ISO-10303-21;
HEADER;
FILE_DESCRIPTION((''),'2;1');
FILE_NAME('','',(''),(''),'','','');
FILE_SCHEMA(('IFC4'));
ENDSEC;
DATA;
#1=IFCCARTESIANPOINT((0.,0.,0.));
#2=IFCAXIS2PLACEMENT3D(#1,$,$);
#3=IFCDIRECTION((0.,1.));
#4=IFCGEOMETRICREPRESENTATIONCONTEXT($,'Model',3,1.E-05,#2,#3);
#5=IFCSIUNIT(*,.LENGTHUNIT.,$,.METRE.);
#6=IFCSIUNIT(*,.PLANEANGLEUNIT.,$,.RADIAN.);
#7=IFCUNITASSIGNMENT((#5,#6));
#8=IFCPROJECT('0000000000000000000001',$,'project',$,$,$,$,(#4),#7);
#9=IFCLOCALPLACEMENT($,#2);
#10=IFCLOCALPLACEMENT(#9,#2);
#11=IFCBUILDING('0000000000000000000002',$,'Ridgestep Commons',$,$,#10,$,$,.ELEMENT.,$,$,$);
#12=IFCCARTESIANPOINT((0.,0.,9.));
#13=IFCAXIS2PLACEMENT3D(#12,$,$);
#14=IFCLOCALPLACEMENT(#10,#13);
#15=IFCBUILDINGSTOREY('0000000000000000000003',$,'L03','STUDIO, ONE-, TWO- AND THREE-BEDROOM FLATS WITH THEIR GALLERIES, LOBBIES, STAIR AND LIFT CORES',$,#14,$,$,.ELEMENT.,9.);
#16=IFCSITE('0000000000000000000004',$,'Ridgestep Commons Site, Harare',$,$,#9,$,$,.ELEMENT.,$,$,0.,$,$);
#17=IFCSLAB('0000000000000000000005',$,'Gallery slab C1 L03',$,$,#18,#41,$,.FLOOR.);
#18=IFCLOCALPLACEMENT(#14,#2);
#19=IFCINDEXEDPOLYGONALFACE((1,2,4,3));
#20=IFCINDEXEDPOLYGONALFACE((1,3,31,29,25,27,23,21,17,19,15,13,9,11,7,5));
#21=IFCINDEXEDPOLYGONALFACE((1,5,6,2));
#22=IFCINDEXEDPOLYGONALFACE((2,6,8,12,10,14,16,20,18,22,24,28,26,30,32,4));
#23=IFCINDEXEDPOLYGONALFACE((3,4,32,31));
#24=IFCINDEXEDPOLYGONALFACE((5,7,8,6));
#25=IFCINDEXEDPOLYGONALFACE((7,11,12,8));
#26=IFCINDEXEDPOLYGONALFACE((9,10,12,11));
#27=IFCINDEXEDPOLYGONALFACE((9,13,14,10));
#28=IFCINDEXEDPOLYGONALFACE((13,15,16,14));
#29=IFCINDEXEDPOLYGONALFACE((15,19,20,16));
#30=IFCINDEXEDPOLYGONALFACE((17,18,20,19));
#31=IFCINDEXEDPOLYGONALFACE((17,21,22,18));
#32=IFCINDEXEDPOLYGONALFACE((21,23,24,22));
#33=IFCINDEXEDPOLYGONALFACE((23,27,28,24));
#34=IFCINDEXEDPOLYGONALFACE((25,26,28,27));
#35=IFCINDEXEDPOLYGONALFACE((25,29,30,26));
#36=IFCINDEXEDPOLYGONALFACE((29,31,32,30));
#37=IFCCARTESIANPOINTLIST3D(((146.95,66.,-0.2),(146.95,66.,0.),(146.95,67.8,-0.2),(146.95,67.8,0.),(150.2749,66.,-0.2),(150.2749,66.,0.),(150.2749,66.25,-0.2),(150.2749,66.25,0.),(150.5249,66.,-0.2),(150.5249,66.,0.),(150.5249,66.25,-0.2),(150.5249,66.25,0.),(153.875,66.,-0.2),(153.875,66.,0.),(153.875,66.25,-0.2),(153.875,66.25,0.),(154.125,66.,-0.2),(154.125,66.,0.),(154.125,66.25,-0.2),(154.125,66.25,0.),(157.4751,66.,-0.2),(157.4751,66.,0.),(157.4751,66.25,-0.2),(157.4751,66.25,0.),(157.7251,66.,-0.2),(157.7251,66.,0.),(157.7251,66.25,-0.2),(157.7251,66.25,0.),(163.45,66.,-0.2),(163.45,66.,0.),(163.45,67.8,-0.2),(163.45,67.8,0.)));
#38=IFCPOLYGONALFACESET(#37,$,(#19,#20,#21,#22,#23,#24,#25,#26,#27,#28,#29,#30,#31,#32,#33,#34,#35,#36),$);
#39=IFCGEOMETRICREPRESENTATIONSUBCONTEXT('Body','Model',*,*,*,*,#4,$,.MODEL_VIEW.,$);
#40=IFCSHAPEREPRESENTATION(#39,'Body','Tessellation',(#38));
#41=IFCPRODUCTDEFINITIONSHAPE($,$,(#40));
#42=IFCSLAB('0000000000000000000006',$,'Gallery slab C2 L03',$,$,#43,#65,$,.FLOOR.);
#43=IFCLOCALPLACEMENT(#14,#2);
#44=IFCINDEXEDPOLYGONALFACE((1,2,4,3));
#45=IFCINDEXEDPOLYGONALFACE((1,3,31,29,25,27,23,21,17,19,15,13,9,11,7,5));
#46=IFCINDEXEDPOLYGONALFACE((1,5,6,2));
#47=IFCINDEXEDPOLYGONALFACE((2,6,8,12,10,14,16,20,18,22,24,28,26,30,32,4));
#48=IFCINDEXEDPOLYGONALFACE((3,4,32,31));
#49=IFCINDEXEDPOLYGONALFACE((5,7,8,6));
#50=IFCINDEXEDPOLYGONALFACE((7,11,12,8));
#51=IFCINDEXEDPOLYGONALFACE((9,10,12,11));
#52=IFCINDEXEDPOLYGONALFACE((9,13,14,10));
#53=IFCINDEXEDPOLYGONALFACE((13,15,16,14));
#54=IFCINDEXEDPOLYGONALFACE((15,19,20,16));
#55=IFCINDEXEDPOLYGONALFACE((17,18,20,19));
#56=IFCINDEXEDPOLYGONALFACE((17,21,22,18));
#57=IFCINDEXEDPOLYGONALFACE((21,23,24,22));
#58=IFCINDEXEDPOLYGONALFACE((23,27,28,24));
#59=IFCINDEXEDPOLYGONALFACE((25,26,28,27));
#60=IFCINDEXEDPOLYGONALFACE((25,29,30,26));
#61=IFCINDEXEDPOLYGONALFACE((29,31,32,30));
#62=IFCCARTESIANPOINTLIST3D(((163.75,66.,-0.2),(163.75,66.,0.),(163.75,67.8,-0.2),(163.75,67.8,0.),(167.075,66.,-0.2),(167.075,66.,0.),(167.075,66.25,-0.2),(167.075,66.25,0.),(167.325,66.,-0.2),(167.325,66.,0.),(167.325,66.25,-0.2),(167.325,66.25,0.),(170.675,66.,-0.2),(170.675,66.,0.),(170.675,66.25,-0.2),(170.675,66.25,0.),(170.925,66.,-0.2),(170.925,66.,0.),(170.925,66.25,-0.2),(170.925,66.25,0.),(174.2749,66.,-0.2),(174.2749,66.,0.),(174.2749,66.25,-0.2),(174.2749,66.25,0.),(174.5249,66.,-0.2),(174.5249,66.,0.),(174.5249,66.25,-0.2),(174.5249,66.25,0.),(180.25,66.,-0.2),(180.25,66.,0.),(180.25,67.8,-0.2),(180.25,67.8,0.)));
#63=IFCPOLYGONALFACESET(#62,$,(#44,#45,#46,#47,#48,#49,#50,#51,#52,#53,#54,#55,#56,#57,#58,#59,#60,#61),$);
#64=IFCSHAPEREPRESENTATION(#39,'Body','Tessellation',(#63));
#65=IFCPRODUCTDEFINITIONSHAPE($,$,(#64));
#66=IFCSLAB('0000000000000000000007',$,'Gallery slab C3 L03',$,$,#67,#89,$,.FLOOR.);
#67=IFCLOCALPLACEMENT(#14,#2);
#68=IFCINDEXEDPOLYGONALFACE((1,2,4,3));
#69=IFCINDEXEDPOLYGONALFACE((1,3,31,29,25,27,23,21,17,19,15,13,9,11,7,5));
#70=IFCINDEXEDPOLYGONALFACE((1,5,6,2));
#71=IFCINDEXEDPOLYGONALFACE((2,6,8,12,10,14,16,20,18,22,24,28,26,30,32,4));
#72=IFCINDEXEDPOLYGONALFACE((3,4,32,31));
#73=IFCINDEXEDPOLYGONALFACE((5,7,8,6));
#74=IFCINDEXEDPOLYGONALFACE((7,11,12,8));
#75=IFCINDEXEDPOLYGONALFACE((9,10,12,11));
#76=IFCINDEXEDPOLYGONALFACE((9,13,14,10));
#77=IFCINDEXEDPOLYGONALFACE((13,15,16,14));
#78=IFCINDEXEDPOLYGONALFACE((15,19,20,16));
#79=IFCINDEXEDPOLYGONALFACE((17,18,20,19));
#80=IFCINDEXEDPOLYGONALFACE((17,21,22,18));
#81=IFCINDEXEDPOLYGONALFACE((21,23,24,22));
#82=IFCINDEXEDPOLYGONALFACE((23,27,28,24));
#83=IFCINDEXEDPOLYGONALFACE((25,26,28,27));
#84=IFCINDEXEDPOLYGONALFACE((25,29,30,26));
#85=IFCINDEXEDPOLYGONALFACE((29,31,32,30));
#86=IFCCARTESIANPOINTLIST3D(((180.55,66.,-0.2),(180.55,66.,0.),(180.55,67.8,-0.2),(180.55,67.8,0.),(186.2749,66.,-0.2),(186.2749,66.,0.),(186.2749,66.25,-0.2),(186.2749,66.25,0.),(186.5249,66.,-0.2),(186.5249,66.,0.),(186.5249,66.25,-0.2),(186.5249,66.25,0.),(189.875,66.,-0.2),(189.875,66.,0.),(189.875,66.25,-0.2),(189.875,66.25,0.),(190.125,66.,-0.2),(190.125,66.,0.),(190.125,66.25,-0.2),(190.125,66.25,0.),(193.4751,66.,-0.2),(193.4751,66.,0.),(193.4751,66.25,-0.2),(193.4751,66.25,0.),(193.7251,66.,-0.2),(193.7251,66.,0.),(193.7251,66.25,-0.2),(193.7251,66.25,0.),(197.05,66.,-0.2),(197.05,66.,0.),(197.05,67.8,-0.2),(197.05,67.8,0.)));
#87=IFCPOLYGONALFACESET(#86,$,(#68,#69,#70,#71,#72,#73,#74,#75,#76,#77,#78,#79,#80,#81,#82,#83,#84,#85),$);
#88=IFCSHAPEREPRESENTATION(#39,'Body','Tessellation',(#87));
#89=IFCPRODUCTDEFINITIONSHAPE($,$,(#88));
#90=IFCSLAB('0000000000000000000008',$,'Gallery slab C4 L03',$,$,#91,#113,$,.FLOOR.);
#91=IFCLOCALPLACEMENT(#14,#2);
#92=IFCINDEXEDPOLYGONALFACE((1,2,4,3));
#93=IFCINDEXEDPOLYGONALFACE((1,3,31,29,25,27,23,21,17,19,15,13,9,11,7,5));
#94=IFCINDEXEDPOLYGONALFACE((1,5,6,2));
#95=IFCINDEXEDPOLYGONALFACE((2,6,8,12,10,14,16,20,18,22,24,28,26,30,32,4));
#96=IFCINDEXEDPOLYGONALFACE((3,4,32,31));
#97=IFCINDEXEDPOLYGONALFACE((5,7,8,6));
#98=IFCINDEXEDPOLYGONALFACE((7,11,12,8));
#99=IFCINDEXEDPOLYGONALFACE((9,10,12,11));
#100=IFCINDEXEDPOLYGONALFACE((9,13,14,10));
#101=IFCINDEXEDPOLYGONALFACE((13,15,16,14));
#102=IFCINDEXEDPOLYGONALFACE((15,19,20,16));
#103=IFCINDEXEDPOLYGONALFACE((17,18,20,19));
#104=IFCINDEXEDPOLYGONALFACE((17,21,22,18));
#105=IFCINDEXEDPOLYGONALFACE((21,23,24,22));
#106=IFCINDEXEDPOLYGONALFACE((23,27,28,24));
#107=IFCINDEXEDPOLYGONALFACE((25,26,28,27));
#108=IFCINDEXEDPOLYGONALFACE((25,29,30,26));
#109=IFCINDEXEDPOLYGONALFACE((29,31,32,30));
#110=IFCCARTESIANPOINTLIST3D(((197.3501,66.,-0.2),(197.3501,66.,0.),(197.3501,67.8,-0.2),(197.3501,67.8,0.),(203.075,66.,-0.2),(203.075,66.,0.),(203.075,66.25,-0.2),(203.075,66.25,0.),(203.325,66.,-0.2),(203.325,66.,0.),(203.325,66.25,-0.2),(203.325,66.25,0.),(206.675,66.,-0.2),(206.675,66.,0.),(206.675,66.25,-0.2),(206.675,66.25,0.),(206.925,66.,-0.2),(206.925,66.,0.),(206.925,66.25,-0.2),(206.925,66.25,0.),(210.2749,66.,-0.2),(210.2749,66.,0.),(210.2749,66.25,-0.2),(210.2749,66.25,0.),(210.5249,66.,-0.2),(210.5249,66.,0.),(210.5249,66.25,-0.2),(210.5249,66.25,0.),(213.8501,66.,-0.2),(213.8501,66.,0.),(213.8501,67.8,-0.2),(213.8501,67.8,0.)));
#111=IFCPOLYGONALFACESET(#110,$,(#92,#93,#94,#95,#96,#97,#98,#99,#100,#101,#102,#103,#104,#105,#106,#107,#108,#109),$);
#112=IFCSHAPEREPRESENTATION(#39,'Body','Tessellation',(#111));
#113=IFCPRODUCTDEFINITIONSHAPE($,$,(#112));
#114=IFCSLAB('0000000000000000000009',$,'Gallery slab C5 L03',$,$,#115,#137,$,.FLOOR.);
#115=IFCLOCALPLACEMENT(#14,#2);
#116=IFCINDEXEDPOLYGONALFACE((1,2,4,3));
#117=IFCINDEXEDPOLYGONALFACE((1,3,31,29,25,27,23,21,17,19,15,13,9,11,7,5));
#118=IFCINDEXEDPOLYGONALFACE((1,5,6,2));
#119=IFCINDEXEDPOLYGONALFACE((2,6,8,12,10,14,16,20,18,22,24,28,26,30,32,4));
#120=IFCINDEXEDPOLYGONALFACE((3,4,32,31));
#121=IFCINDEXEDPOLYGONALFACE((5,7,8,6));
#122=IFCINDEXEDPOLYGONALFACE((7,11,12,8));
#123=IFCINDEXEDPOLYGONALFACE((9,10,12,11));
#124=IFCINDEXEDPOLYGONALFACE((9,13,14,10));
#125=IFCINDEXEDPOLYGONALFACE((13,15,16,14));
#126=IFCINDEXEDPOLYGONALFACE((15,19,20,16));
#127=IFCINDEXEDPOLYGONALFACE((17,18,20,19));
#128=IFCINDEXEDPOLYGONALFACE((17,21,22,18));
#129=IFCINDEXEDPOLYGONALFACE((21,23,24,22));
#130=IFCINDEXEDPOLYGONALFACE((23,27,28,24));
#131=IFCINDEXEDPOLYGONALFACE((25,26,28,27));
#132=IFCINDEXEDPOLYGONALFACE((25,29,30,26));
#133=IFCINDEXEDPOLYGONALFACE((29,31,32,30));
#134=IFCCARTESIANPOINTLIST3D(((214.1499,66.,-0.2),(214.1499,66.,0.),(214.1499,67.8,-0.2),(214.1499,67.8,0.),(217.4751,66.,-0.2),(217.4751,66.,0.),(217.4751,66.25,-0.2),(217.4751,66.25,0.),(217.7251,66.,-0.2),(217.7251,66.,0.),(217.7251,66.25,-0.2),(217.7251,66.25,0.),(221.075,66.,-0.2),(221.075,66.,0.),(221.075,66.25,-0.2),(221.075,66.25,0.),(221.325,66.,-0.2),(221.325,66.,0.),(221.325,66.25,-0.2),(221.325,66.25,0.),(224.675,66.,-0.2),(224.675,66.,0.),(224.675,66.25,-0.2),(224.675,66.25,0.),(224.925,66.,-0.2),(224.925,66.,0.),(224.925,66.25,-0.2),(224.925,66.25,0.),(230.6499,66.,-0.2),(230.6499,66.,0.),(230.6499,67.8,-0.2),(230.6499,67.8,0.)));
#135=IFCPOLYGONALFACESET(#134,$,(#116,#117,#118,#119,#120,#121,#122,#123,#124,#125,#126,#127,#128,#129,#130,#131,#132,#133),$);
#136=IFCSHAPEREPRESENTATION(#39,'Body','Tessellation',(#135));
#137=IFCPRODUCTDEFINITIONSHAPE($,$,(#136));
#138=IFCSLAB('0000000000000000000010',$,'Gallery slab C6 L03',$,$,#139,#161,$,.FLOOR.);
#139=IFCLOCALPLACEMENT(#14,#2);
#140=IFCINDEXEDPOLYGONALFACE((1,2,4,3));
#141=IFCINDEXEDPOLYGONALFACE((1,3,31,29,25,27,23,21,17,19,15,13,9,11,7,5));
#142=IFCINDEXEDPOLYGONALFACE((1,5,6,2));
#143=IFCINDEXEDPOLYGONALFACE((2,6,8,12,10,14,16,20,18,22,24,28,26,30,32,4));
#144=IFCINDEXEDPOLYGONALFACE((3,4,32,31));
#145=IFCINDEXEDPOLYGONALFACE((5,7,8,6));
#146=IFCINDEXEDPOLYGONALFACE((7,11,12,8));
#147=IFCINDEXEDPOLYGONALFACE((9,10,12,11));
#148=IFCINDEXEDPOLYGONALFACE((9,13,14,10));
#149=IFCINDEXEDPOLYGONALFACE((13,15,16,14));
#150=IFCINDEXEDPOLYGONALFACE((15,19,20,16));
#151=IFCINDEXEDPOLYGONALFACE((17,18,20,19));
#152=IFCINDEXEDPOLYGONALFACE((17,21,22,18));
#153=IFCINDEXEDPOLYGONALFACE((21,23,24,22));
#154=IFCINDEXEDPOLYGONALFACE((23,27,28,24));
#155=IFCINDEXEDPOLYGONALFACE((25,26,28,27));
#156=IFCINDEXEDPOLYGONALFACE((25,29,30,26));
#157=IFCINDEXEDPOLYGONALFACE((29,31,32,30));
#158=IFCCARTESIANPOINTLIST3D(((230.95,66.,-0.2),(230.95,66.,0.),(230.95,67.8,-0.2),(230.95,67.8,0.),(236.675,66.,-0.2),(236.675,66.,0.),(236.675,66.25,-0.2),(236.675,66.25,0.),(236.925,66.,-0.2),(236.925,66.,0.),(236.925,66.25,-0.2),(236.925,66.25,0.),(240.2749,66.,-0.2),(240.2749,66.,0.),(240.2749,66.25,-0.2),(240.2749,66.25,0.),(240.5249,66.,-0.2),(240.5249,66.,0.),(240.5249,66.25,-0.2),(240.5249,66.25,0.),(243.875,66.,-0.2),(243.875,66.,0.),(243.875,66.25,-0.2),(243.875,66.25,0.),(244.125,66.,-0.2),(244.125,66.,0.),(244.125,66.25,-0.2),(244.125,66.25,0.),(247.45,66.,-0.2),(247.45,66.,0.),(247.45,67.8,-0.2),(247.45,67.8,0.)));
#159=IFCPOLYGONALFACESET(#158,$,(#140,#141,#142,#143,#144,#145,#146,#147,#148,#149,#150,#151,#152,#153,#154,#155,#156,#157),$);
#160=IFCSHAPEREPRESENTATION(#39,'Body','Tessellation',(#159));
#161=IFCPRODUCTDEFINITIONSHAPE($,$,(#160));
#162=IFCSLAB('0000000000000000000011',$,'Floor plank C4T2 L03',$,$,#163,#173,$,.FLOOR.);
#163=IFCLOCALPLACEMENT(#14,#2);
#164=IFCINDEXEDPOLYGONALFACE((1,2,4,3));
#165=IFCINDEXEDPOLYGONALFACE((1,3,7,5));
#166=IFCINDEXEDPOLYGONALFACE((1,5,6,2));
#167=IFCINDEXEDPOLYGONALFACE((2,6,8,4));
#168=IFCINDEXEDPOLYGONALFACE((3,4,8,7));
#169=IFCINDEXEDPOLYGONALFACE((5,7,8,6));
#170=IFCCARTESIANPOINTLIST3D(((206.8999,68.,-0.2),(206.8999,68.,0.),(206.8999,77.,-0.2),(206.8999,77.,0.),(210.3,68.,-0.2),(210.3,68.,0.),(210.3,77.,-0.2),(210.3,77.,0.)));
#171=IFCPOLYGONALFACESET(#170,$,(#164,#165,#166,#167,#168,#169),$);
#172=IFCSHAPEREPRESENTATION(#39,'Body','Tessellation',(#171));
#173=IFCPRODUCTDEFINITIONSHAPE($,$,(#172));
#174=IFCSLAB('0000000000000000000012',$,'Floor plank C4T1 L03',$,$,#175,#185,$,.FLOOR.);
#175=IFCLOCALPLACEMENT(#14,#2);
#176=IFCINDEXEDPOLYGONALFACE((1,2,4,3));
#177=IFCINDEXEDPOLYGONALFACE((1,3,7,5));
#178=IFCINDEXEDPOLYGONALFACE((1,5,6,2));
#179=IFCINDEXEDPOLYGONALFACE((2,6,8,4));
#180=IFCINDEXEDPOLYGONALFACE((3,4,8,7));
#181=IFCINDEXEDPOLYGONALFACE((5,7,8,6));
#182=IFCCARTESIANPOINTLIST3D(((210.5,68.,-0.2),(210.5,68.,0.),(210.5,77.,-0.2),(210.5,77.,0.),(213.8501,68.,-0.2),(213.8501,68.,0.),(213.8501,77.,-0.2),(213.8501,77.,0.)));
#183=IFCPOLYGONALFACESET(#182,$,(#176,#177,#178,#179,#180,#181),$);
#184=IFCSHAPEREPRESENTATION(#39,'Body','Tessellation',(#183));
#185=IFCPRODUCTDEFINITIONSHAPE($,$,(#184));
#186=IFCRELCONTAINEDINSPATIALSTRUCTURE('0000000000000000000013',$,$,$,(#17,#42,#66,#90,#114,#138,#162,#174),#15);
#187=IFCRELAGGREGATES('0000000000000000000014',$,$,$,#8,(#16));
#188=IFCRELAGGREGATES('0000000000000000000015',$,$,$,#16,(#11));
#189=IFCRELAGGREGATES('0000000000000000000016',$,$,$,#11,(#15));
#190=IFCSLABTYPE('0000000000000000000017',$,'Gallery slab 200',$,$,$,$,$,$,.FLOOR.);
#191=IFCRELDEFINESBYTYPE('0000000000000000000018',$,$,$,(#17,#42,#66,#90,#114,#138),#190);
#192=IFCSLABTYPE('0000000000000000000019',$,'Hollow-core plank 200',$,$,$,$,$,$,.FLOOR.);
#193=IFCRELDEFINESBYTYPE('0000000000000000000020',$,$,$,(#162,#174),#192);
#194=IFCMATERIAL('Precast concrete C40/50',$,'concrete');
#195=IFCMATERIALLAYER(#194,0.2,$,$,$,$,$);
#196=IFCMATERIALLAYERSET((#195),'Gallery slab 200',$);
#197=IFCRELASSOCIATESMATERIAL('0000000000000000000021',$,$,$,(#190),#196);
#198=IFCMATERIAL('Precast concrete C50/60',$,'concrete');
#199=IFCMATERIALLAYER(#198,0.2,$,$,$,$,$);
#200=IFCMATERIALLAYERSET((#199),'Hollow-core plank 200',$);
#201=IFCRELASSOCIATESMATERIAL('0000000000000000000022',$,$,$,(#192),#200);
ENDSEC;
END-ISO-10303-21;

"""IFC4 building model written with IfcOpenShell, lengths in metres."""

from ifc_helpers import new_model, si_unit, direction, frame, origin, place, context, subcontext, project, spatial, polyline, outline, extrude, material, layer, layer_set, type_object, element, save


model = new_model("IFC4")

# Units and contexts
model_context = context("Model", 3, precision=1e-05, world=origin(), true_north=direction((0.0, 1.0)))
body_context = subcontext(model_context, "Body", "Model", "MODEL_VIEW")
ifc_project = project(units=[si_unit("LENGTHUNIT", "METRE"), si_unit("PLANEANGLEUNIT", "RADIAN")], contexts=[model_context])

# Site, building, storey
site_placement = place(None, origin())
site = spatial("IfcSite", under=ifc_project, at=site_placement, Name="Ridgestep Commons Site, Harare", CompositionType="ELEMENT", RefElevation=0.0)
building_placement = place(site_placement, origin())
building = spatial("IfcBuilding", under=site, at=building_placement, Name="Ridgestep Commons", CompositionType="ELEMENT")
storey_placement = place(building_placement, frame((0.0, 0.0, 9.0)))
storey = spatial("IfcBuildingStorey", under=building, at=storey_placement, Name="L03", Description="STUDIO, ONE-, TWO- AND THREE-BEDROOM FLATS WITH THEIR GALLERIES, LOBBIES, STAIR AND LIFT CORES", CompositionType="ELEMENT", Elevation=9.0)

# Slabs
ifc_material_1 = material(Name="Precast concrete C40/50", Category="concrete")
ifc_layer_1 = layer(ifc_material_1, 0.2)
ifc_layer_set_1 = layer_set([ifc_layer_1], Name="Gallery slab 200")
slab_type_1 = type_object("IfcSlabType", Name="Gallery slab 200", PredefinedType="FLOOR", material=ifc_layer_set_1)
slab_1_placement = place(storey_placement, frame((0.0, 0.0, -0.2)))
element("IfcSlab", 1, at=slab_1_placement, inside=storey, type_object=slab_type_1, Name="Gallery slab C1 L03", PredefinedType="FLOOR", context=body_context, shape_type="SweptSolid", body=[
    extrude(outline(polyline([(163.45, 67.8), (146.95, 67.8), (146.95, 66.0), (150.2749, 66.0), (150.2749, 66.25), (150.5249, 66.25), (150.5249, 66.0), (153.875, 66.0), (153.875, 66.25), (154.125, 66.25), (154.125, 66.0), (157.4751, 66.0), (157.4751, 66.25), (157.7251, 66.25), (157.7251, 66.0), (163.45, 66.0), (163.45, 67.8)])), origin(), (0.0, 0.0, 1.0), 0.2),
])
slab_2_placement = place(storey_placement, frame((0.0, 0.0, -0.2)))
element("IfcSlab", 2, at=slab_2_placement, inside=storey, type_object=slab_type_1, Name="Gallery slab C2 L03", PredefinedType="FLOOR", context=body_context, shape_type="SweptSolid", body=[
    extrude(outline(polyline([(180.25, 67.8), (163.75, 67.8), (163.75, 66.0), (167.075, 66.0), (167.075, 66.25), (167.325, 66.25), (167.325, 66.0), (170.675, 66.0), (170.675, 66.25), (170.925, 66.25), (170.925, 66.0), (174.2749, 66.0), (174.2749, 66.25), (174.5249, 66.25), (174.5249, 66.0), (180.25, 66.0), (180.25, 67.8)])), origin(), (0.0, 0.0, 1.0), 0.2),
])
slab_3_placement = place(storey_placement, frame((0.0, 0.0, -0.2)))
element("IfcSlab", 3, at=slab_3_placement, inside=storey, type_object=slab_type_1, Name="Gallery slab C3 L03", PredefinedType="FLOOR", context=body_context, shape_type="SweptSolid", body=[
    extrude(outline(polyline([(197.05, 67.8), (180.55, 67.8), (180.55, 66.0), (186.2749, 66.0), (186.2749, 66.25), (186.5249, 66.25), (186.5249, 66.0), (189.875, 66.0), (189.875, 66.25), (190.125, 66.25), (190.125, 66.0), (193.4751, 66.0), (193.4751, 66.25), (193.7251, 66.25), (193.7251, 66.0), (197.05, 66.0), (197.05, 67.8)])), origin(), (0.0, 0.0, 1.0), 0.2),
])
slab_4_placement = place(storey_placement, frame((0.0, 0.0, -0.2)))
element("IfcSlab", 4, at=slab_4_placement, inside=storey, type_object=slab_type_1, Name="Gallery slab C4 L03", PredefinedType="FLOOR", context=body_context, shape_type="SweptSolid", body=[
    extrude(outline(polyline([(213.8501, 67.8), (197.3501, 67.8), (197.3501, 66.0), (203.075, 66.0), (203.075, 66.25), (203.325, 66.25), (203.325, 66.0), (206.675, 66.0), (206.675, 66.25), (206.925, 66.25), (206.925, 66.0), (210.2749, 66.0), (210.2749, 66.25), (210.5249, 66.25), (210.5249, 66.0), (213.8501, 66.0), (213.8501, 67.8)])), origin(), (0.0, 0.0, 1.0), 0.2),
])
slab_5_placement = place(storey_placement, frame((0.0, 0.0, -0.2)))
element("IfcSlab", 5, at=slab_5_placement, inside=storey, type_object=slab_type_1, Name="Gallery slab C5 L03", PredefinedType="FLOOR", context=body_context, shape_type="SweptSolid", body=[
    extrude(outline(polyline([(230.6499, 67.8), (214.1499, 67.8), (214.1499, 66.0), (217.4751, 66.0), (217.4751, 66.25), (217.7251, 66.25), (217.7251, 66.0), (221.075, 66.0), (221.075, 66.25), (221.325, 66.25), (221.325, 66.0), (224.675, 66.0), (224.675, 66.25), (224.925, 66.25), (224.925, 66.0), (230.6499, 66.0), (230.6499, 67.8)])), origin(), (0.0, 0.0, 1.0), 0.2),
])
slab_6_placement = place(storey_placement, frame((0.0, 0.0, -0.2)))
element("IfcSlab", 6, at=slab_6_placement, inside=storey, type_object=slab_type_1, Name="Gallery slab C6 L03", PredefinedType="FLOOR", context=body_context, shape_type="SweptSolid", body=[
    extrude(outline(polyline([(247.45, 67.8), (230.95, 67.8), (230.95, 66.0), (236.675, 66.0), (236.675, 66.25), (236.925, 66.25), (236.925, 66.0), (240.2749, 66.0), (240.2749, 66.25), (240.5249, 66.25), (240.5249, 66.0), (243.875, 66.0), (243.875, 66.25), (244.125, 66.25), (244.125, 66.0), (247.45, 66.0), (247.45, 67.8)])), origin(), (0.0, 0.0, 1.0), 0.2),
])
ifc_material_2 = material(Name="Precast concrete C50/60", Category="concrete")
ifc_layer_2 = layer(ifc_material_2, 0.2)
ifc_layer_set_2 = layer_set([ifc_layer_2], Name="Hollow-core plank 200")
slab_type_2 = type_object("IfcSlabType", Name="Hollow-core plank 200", PredefinedType="FLOOR", material=ifc_layer_set_2)
slab_7_placement = place(storey_placement, frame((0.0, 0.0, -0.2)))
element("IfcSlab", 7, at=slab_7_placement, inside=storey, type_object=slab_type_2, Name="Floor plank C4T2 L03", PredefinedType="FLOOR", context=body_context, shape_type="SweptSolid", body=[
    extrude(outline(polyline([(210.3, 68.0), (210.3, 77.0), (206.8999, 77.0), (206.8999, 68.0), (210.3, 68.0)])), origin(), (0.0, 0.0, 1.0), 0.2),
])
slab_8_placement = place(storey_placement, frame((0.0, 0.0, -0.2)))
element("IfcSlab", 8, at=slab_8_placement, inside=storey, type_object=slab_type_2, Name="Floor plank C4T1 L03", PredefinedType="FLOOR", context=body_context, shape_type="SweptSolid", body=[
    extrude(outline(polyline([(213.8501, 68.0), (213.8501, 77.0), (210.5, 77.0), (210.5, 68.0), (213.8501, 68.0)])), origin(), (0.0, 0.0, 1.0), 0.2),
])

save(model, "model.ifc")
